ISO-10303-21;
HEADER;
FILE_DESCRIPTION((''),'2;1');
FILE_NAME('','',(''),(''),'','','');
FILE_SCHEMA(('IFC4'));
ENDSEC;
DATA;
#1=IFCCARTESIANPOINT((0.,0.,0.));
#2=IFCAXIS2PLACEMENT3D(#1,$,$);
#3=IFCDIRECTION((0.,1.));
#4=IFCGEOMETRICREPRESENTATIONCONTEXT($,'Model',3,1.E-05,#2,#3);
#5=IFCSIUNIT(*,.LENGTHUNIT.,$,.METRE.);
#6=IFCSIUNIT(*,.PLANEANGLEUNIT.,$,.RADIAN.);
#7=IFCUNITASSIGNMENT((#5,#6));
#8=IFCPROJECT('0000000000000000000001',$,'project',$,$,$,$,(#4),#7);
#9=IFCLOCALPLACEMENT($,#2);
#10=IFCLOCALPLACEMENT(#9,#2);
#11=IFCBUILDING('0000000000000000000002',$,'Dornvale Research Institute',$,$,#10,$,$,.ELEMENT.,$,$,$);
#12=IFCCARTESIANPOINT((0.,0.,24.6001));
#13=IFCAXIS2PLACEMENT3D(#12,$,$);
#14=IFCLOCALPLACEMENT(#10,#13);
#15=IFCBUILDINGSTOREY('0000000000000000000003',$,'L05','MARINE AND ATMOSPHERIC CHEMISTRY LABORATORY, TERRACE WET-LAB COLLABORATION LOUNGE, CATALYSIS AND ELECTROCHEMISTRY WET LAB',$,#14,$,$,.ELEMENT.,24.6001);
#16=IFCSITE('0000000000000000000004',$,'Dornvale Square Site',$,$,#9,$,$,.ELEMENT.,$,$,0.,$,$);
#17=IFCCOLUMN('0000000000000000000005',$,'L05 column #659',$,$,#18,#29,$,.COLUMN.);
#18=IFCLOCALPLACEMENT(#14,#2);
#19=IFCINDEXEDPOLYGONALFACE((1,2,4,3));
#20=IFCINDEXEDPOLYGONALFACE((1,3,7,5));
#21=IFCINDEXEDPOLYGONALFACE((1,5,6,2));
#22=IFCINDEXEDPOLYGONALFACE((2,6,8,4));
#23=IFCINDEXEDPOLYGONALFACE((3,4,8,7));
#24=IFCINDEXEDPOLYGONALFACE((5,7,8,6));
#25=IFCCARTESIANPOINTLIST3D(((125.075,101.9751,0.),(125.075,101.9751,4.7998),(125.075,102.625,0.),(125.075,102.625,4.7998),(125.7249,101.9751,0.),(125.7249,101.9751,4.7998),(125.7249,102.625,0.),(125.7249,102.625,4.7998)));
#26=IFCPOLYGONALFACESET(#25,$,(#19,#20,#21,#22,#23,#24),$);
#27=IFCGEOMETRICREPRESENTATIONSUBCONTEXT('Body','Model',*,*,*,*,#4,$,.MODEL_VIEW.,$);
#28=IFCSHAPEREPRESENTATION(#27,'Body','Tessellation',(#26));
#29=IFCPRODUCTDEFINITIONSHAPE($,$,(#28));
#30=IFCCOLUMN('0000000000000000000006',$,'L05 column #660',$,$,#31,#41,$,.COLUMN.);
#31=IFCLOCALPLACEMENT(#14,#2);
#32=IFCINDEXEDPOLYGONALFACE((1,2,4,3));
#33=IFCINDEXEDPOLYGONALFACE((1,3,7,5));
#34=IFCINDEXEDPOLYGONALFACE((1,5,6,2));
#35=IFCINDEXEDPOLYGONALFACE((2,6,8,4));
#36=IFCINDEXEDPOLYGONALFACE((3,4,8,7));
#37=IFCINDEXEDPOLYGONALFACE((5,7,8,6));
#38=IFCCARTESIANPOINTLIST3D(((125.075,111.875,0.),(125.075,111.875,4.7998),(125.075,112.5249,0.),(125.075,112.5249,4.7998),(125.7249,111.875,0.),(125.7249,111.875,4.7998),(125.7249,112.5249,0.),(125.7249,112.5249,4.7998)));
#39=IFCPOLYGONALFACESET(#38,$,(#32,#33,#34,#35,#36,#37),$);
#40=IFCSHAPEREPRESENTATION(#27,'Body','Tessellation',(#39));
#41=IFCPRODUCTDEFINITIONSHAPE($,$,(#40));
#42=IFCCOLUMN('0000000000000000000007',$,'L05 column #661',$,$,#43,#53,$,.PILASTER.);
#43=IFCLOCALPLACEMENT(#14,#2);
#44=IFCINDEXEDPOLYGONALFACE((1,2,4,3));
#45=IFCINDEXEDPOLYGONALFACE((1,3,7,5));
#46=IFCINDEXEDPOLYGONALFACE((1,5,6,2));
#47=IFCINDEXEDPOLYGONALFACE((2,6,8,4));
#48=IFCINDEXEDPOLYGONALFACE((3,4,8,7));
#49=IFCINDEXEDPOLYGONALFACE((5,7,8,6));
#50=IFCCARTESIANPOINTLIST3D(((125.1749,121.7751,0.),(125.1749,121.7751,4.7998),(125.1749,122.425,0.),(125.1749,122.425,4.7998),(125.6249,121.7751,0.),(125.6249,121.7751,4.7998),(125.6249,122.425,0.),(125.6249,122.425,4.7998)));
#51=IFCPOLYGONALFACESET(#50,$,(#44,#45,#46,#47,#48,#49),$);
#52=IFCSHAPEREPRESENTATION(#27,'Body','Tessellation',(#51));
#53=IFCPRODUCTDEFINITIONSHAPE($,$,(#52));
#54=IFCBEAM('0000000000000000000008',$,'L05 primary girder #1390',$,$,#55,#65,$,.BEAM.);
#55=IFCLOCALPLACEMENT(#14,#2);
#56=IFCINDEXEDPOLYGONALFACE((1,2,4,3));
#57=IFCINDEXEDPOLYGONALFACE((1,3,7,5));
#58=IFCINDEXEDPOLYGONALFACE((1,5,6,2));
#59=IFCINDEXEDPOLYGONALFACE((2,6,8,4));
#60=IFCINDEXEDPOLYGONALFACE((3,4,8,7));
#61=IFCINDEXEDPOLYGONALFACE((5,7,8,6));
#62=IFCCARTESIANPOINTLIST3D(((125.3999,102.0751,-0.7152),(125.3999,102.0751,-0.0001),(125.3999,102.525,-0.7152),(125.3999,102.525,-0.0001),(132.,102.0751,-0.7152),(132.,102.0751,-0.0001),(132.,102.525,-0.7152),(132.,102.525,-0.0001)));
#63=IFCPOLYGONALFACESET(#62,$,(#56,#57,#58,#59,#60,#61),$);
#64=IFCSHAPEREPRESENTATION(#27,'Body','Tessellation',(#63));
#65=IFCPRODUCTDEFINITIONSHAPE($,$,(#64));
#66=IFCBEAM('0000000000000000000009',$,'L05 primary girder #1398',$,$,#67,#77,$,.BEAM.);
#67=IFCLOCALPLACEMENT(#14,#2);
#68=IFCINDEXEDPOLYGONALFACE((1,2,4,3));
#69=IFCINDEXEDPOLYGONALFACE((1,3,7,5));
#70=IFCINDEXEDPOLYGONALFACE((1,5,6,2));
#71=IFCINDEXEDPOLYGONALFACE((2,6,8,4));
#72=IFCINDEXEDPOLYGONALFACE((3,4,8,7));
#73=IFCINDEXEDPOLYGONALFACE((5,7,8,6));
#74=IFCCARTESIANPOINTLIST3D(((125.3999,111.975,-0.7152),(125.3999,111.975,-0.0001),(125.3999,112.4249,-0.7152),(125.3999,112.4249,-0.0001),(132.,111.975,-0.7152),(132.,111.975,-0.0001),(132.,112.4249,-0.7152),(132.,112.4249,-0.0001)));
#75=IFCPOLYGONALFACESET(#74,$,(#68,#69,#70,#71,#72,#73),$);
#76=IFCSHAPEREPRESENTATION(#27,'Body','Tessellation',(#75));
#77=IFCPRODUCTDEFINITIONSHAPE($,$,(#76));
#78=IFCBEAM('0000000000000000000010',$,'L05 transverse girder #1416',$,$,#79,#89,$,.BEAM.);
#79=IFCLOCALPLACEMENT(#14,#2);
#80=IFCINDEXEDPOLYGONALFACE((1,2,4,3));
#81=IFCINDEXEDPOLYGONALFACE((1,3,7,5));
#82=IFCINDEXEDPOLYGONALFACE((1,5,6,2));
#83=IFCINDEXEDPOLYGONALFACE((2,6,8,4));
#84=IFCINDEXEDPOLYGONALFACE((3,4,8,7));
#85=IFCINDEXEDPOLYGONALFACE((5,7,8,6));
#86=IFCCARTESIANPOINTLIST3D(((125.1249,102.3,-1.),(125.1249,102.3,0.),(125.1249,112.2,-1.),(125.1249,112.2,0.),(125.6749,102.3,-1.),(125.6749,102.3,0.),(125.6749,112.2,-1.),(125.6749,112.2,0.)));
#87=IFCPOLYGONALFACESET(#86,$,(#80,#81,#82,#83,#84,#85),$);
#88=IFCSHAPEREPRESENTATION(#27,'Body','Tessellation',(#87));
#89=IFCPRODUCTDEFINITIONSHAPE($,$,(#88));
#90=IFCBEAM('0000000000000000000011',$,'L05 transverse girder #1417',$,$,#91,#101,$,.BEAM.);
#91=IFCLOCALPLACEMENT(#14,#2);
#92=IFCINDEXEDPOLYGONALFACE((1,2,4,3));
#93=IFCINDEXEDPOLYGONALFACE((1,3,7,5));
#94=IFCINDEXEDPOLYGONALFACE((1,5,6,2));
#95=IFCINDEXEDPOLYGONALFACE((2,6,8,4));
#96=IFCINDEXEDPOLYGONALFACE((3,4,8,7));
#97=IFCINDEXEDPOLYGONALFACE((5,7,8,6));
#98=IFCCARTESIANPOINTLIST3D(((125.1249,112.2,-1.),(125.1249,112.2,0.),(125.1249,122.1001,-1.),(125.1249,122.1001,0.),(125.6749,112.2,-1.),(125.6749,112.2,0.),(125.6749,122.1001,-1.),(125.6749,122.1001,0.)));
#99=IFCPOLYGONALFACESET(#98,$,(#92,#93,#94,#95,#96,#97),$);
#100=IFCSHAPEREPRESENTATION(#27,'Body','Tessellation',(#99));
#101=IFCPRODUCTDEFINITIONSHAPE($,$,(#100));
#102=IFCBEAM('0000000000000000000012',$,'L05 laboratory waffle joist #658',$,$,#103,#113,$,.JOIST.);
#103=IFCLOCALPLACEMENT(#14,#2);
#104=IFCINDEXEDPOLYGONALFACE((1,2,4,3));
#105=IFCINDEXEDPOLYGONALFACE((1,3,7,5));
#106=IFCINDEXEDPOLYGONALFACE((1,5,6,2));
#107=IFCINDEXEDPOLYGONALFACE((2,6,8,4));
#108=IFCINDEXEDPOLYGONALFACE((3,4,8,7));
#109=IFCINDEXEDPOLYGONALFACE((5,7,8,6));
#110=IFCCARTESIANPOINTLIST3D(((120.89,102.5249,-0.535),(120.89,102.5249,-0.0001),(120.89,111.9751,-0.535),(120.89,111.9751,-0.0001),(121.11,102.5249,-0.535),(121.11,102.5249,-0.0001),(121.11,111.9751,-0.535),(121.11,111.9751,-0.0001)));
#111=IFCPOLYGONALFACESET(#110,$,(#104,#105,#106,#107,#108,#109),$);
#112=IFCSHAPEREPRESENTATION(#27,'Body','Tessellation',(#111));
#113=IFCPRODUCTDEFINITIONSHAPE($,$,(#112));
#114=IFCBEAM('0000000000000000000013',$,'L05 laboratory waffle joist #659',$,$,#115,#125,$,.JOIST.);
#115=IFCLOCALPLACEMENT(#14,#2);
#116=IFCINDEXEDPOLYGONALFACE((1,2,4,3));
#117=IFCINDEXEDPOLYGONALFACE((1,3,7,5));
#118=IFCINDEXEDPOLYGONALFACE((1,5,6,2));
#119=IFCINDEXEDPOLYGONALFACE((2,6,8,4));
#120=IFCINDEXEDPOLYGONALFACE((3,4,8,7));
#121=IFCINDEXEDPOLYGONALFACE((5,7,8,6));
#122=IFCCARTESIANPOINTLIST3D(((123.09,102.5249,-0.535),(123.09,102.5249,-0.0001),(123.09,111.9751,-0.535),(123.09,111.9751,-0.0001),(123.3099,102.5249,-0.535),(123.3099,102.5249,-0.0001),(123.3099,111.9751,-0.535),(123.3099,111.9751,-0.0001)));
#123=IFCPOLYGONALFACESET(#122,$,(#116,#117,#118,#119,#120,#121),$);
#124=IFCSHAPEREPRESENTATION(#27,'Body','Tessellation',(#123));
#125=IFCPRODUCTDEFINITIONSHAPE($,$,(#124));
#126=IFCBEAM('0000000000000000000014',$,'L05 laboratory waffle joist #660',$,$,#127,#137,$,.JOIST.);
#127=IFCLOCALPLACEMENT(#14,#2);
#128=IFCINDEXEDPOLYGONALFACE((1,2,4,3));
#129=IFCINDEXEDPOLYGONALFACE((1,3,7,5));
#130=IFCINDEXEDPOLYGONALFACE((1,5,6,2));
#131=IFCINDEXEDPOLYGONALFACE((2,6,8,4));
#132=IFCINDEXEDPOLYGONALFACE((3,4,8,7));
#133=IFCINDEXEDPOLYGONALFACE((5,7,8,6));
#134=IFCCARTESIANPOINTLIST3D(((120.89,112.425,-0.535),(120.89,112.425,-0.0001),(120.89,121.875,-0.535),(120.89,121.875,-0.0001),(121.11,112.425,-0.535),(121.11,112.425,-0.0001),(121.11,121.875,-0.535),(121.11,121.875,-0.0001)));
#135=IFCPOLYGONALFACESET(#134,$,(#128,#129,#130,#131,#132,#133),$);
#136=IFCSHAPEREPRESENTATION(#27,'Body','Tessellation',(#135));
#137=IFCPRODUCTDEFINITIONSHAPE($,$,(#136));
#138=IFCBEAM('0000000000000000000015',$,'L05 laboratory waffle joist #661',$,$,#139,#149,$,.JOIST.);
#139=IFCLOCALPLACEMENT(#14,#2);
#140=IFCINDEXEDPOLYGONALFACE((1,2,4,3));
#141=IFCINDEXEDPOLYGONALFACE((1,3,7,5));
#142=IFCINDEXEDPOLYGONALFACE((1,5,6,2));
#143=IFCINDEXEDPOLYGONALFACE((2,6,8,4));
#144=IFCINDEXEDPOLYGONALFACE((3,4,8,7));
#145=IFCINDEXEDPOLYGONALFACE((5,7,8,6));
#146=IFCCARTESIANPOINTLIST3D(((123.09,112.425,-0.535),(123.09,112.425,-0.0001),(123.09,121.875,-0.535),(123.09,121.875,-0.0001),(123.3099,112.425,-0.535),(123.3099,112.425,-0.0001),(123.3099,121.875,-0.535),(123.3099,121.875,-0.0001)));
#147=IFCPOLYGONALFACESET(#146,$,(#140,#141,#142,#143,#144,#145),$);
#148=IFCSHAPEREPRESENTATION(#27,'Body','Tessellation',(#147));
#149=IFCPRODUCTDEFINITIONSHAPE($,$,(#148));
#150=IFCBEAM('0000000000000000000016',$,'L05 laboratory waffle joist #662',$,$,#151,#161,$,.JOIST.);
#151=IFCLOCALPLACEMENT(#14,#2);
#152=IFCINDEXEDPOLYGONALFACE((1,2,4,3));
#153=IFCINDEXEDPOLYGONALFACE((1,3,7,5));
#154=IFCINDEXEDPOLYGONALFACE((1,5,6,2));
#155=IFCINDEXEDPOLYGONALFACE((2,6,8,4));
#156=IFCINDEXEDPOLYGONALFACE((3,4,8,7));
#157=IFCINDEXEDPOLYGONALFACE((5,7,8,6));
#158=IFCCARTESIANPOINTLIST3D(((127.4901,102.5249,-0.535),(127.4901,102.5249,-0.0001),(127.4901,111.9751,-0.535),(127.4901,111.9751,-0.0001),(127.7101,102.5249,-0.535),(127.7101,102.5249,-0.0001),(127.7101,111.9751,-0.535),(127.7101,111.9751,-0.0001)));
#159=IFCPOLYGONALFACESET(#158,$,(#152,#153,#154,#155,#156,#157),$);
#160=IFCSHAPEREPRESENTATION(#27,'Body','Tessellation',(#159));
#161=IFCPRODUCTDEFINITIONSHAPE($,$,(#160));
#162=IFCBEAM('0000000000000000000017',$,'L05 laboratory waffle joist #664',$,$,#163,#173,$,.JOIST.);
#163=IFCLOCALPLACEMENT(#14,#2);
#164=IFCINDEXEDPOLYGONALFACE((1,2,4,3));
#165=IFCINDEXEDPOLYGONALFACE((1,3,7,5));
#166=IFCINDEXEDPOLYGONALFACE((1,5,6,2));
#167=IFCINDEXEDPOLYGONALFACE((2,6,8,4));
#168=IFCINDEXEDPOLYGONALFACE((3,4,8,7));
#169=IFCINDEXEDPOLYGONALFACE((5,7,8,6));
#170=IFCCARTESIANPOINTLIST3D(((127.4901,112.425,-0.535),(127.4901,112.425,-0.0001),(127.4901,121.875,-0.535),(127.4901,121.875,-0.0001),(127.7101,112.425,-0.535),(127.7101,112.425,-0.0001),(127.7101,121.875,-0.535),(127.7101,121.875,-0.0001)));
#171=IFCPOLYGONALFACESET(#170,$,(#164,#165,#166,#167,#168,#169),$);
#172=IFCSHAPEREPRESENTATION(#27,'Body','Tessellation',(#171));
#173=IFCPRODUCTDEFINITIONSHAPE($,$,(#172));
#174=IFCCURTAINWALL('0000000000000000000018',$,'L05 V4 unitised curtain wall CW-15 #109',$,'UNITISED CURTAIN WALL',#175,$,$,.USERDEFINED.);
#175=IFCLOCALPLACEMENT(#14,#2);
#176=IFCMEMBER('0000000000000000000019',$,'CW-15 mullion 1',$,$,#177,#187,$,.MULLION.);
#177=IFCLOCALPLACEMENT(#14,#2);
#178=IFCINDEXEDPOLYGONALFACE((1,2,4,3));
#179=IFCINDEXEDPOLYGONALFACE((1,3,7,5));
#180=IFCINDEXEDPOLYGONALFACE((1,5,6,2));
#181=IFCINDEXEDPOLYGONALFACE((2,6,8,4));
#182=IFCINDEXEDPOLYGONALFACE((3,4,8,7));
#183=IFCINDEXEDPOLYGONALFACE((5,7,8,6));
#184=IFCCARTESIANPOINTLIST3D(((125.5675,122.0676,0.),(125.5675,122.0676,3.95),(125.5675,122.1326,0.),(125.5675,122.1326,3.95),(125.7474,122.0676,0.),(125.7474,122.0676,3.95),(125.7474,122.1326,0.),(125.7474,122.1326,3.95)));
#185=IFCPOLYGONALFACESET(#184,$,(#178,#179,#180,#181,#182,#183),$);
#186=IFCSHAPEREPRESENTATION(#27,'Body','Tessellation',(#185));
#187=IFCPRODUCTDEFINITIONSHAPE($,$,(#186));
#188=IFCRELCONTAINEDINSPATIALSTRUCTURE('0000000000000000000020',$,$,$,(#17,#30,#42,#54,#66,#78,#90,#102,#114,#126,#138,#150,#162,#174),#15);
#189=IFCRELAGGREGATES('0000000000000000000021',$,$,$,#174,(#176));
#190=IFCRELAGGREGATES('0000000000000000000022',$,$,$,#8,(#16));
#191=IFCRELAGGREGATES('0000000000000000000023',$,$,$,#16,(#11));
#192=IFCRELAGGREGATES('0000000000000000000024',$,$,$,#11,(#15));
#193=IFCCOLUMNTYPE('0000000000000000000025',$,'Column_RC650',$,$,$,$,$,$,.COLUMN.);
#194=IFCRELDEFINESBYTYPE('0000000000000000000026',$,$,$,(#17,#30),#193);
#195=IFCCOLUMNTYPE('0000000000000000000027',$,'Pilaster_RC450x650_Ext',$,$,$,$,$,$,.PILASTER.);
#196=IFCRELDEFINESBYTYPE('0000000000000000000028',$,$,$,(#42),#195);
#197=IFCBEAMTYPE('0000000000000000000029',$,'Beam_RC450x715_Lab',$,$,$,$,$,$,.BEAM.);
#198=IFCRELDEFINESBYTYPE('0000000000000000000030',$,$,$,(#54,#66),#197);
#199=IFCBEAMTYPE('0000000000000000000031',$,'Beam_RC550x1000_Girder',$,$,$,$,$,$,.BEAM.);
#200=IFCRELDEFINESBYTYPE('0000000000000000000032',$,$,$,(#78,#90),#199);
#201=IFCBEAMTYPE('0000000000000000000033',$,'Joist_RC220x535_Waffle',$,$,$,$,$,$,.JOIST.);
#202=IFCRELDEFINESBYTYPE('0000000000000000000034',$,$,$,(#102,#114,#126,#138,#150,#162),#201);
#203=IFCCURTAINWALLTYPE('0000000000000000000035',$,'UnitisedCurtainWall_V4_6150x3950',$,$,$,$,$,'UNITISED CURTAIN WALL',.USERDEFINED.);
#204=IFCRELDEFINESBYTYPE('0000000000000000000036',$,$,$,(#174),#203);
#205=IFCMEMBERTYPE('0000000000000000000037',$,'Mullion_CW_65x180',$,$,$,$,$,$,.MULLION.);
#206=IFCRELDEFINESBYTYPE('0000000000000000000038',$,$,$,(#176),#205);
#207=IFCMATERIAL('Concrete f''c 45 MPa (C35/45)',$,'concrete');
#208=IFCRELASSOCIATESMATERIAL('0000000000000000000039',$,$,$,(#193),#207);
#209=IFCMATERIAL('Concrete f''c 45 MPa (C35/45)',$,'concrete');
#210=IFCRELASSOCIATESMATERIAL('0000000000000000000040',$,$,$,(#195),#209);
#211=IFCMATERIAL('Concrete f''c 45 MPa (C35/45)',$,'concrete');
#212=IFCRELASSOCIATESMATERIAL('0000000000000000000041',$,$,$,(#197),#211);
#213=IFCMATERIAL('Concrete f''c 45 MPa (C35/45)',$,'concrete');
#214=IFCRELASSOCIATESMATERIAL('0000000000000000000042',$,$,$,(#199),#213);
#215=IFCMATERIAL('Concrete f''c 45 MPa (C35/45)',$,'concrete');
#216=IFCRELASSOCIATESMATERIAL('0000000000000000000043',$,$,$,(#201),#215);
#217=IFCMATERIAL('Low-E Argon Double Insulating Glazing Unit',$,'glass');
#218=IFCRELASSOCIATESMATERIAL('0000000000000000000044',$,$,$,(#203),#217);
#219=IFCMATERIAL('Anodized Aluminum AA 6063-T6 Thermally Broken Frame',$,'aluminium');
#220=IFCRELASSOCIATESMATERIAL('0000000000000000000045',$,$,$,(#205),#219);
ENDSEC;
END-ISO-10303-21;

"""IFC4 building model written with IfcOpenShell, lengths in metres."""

from ifc_helpers import new_model, si_unit, direction, frame, origin, origin_2d, place, context, subcontext, project, spatial, rectangle, extrude, material, material_profile, profile_set, type_object, element, aggregate, save


model = new_model("IFC4")

# Units and contexts
model_context = context("Model", 3, precision=1e-05, world=origin(), true_north=direction((0.0, 1.0)))
body_context = subcontext(model_context, "Body", "Model", "MODEL_VIEW")
ifc_project = project(units=[si_unit("LENGTHUNIT", "METRE"), si_unit("PLANEANGLEUNIT", "RADIAN")], contexts=[model_context])

# Site, building, storey
site_placement = place(None, origin())
site = spatial("IfcSite", under=ifc_project, at=site_placement, Name="Dornvale Square Site", CompositionType="ELEMENT", RefElevation=0.0)
building_placement = place(site_placement, origin())
building = spatial("IfcBuilding", under=site, at=building_placement, Name="Dornvale Research Institute", CompositionType="ELEMENT")
storey_placement = place(building_placement, frame((0.0, 0.0, 24.6001)))
storey = spatial("IfcBuildingStorey", under=building, at=storey_placement, Name="L05", Description="MARINE AND ATMOSPHERIC CHEMISTRY LABORATORY, TERRACE WET-LAB COLLABORATION LOUNGE, CATALYSIS AND ELECTROCHEMISTRY WET LAB", CompositionType="ELEMENT", Elevation=24.6001)

# Columns
ifc_material_1 = material(Name="Concrete f'c 45 MPa (C35/45)", Category="concrete")
ifc_material_profile_1 = material_profile(ifc_material_1, rectangle(XDim=0.6499, YDim=0.6499, at=origin_2d()), Name="RC 650x650")
ifc_profile_set_1 = profile_set([ifc_material_profile_1], Name="Concrete f'c 45 MPa (C35/45)")
column_type_1 = type_object("IfcColumnType", Name="Column_RC650", PredefinedType="COLUMN", material=ifc_profile_set_1)
for number, where, z_axis, x_axis, name in (
    (1, (125.3999, 102.3, 0.0), (0.0, 0.0, 1.0), (1.0, 0.0, 0.0), "L05 column #659"),
    (2, (125.3999, 112.2, 0.0), (0.0, 0.0, 1.0), (1.0, 0.0, 0.0), "L05 column #660"),
):
    element("IfcColumn", number, at=place(storey_placement, frame(where, z_axis=z_axis, x_axis=x_axis)), inside=storey, type_object=column_type_1, Name=name, PredefinedType="COLUMN", context=body_context, shape_type="SweptSolid", body=[
        extrude(rectangle(XDim=0.6499, YDim=0.6499, at=origin_2d()), origin(), (0.0, 0.0, 1.0), 4.7998),
    ])
ifc_material_2 = material(Name="Concrete f'c 45 MPa (C35/45)", Category="concrete")
ifc_material_profile_2 = material_profile(ifc_material_2, rectangle(XDim=0.45, YDim=0.6499, at=origin_2d()), Name="RC 450x650")
ifc_profile_set_2 = profile_set([ifc_material_profile_2], Name="Concrete f'c 45 MPa (C35/45)")
column_type_2 = type_object("IfcColumnType", Name="Pilaster_RC450x650_Ext", PredefinedType="PILASTER", material=ifc_profile_set_2)
column_placement = place(storey_placement, frame((125.3999, 122.1001, 0.0), z_axis=(0.0, 0.0, 1.0), x_axis=(1.0, 0.0, 0.0)))
element("IfcColumn", 3, at=column_placement, inside=storey, type_object=column_type_2, Name="L05 column #661", PredefinedType="PILASTER", context=body_context, shape_type="SweptSolid", body=[
    extrude(rectangle(XDim=0.45, YDim=0.6499, at=origin_2d()), origin(), (0.0, 0.0, 1.0), 4.7998),
])

# Beams
ifc_material_3 = material(Name="Concrete f'c 45 MPa (C35/45)", Category="concrete")
ifc_material_profile_3 = material_profile(ifc_material_3, rectangle(XDim=0.45, YDim=0.7151, at=origin_2d()), Name="RC 450x715")
ifc_profile_set_3 = profile_set([ifc_material_profile_3], Name="Concrete f'c 45 MPa (C35/45)")
beam_type_1 = type_object("IfcBeamType", Name="Beam_RC450x715_Lab", PredefinedType="BEAM", material=ifc_profile_set_3)
for number, where, z_axis, x_axis, name in (
    (4, (125.3999, 102.3, -0.3577), (1.0, 0.0, 0.0), (0.0, 1.0, 0.0), "L05 primary girder #1390"),
    (5, (125.3999, 112.2, -0.3577), (1.0, 0.0, 0.0), (0.0, 1.0, 0.0), "L05 primary girder #1398"),
):
    element("IfcBeam", number, at=place(storey_placement, frame(where, z_axis=z_axis, x_axis=x_axis)), inside=storey, type_object=beam_type_1, Name=name, PredefinedType="BEAM", context=body_context, shape_type="SweptSolid", body=[
        extrude(rectangle(XDim=0.45, YDim=0.7151, at=origin_2d()), origin(), (0.0, 0.0, 1.0), 6.6001),
    ])
ifc_material_4 = material(Name="Concrete f'c 45 MPa (C35/45)", Category="concrete")
ifc_material_profile_4 = material_profile(ifc_material_4, rectangle(XDim=0.55, YDim=1.0, at=origin_2d()), Name="RC 550x1000")
ifc_profile_set_4 = profile_set([ifc_material_profile_4], Name="Concrete f'c 45 MPa (C35/45)")
beam_type_2 = type_object("IfcBeamType", Name="Beam_RC550x1000_Girder", PredefinedType="BEAM", material=ifc_profile_set_4)
beam_1_placement = place(storey_placement, frame((125.3999, 102.3, -0.5), z_axis=(0.0, 1.0, 0.0), x_axis=(-1.0, 0.0, 0.0)))
element("IfcBeam", 6, at=beam_1_placement, inside=storey, type_object=beam_type_2, Name="L05 transverse girder #1416", PredefinedType="BEAM", context=body_context, shape_type="SweptSolid", body=[
    extrude(rectangle(XDim=0.55, YDim=1.0, at=origin_2d()), origin(), (0.0, 0.0, 1.0), 9.8999),
])
beam_2_placement = place(storey_placement, frame((125.3999, 112.2, -0.5), z_axis=(0.0, 1.0, 0.0), x_axis=(-1.0, 0.0, 0.0)))
element("IfcBeam", 7, at=beam_2_placement, inside=storey, type_object=beam_type_2, Name="L05 transverse girder #1417", PredefinedType="BEAM", context=body_context, shape_type="SweptSolid", body=[
    extrude(rectangle(XDim=0.55, YDim=1.0, at=origin_2d()), origin(), (0.0, 0.0, 1.0), 9.9001),
])
ifc_material_5 = material(Name="Concrete f'c 45 MPa (C35/45)", Category="concrete")
ifc_material_profile_5 = material_profile(ifc_material_5, rectangle(XDim=0.22, YDim=0.5349, at=origin_2d()), Name="RC 220x535")
ifc_profile_set_5 = profile_set([ifc_material_profile_5], Name="Concrete f'c 45 MPa (C35/45)")
beam_type_3 = type_object("IfcBeamType", Name="Joist_RC220x535_Waffle", PredefinedType="JOIST", material=ifc_profile_set_5)
for number, where, z_axis, x_axis, name in (
    (8, (121.0, 102.5249, -0.2676), (0.0, 1.0, 0.0), (-1.0, 0.0, 0.0), "L05 laboratory waffle joist #658"),
    (9, (123.2, 102.5249, -0.2676), (0.0, 1.0, 0.0), (-1.0, 0.0, 0.0), "L05 laboratory waffle joist #659"),
):
    element("IfcBeam", number, at=place(storey_placement, frame(where, z_axis=z_axis, x_axis=x_axis)), inside=storey, type_object=beam_type_3, Name=name, PredefinedType="JOIST", context=body_context, shape_type="SweptSolid", body=[
        extrude(rectangle(XDim=0.22, YDim=0.5349, at=origin_2d()), origin(), (0.0, 0.0, 1.0), 9.4502),
    ])
for number, where, z_axis, x_axis, name in (
    (10, (121.0, 112.425, -0.2676), (0.0, 1.0, 0.0), (-1.0, 0.0, 0.0), "L05 laboratory waffle joist #660"),
    (11, (123.2, 112.425, -0.2676), (0.0, 1.0, 0.0), (-1.0, 0.0, 0.0), "L05 laboratory waffle joist #661"),
):
    element("IfcBeam", number, at=place(storey_placement, frame(where, z_axis=z_axis, x_axis=x_axis)), inside=storey, type_object=beam_type_3, Name=name, PredefinedType="JOIST", context=body_context, shape_type="SweptSolid", body=[
        extrude(rectangle(XDim=0.22, YDim=0.5349, at=origin_2d()), origin(), (0.0, 0.0, 1.0), 9.45),
    ])
beam_3_placement = place(storey_placement, frame((127.6001, 102.5249, -0.2676), z_axis=(0.0, 1.0, 0.0), x_axis=(-1.0, 0.0, 0.0)))
element("IfcBeam", 12, at=beam_3_placement, inside=storey, type_object=beam_type_3, Name="L05 laboratory waffle joist #662", PredefinedType="JOIST", context=body_context, shape_type="SweptSolid", body=[
    extrude(rectangle(XDim=0.22, YDim=0.5349, at=origin_2d()), origin(), (0.0, 0.0, 1.0), 9.4502),
])
beam_4_placement = place(storey_placement, frame((127.6001, 112.425, -0.2676), z_axis=(0.0, 1.0, 0.0), x_axis=(-1.0, 0.0, 0.0)))
element("IfcBeam", 13, at=beam_4_placement, inside=storey, type_object=beam_type_3, Name="L05 laboratory waffle joist #664", PredefinedType="JOIST", context=body_context, shape_type="SweptSolid", body=[
    extrude(rectangle(XDim=0.22, YDim=0.5349, at=origin_2d()), origin(), (0.0, 0.0, 1.0), 9.45),
])

# Curtain wall, member
ifc_material_6 = material(Name="Low-E Argon Double Insulating Glazing Unit", Category="glass")
curtain_wall_type = type_object("IfcCurtainWallType", Name="UnitisedCurtainWall_V4_6150x3950", ElementType="UNITISED CURTAIN WALL", PredefinedType="USERDEFINED", material=ifc_material_6)
curtain_wall_placement = place(storey_placement, origin())
curtain_wall = element("IfcCurtainWall", 14, at=curtain_wall_placement, inside=storey, type_object=curtain_wall_type, Name="L05 V4 unitised curtain wall CW-15 #109", ObjectType="UNITISED CURTAIN WALL", PredefinedType="USERDEFINED")
ifc_material_7 = material(Name="Anodized Aluminum AA 6063-T6 Thermally Broken Frame", Category="aluminium")
ifc_material_profile_6 = material_profile(ifc_material_7, rectangle(XDim=0.0649, YDim=0.1799, at=origin_2d()), Name="ALU MULLION 65x180")
ifc_profile_set_6 = profile_set([ifc_material_profile_6], Name="Anodized Aluminum AA 6063-T6 Thermally Broken Frame")
member_type_1 = type_object("IfcMemberType", Name="Mullion_CW_65x180", PredefinedType="MULLION", material=ifc_profile_set_6)
member_1_placement = place(storey_placement, frame((125.6575, 122.1001, 0.0), z_axis=(0.0, 0.0, 1.0), x_axis=(0.0, 1.0, 0.0)))
member_1 = element("IfcMember", 15, at=member_1_placement, type_object=member_type_1, Name="CW-15 mullion 1", PredefinedType="MULLION", context=body_context, shape_type="SweptSolid", body=[
    extrude(rectangle(XDim=0.0649, YDim=0.1799, at=origin_2d()), origin(), (0.0, 0.0, 1.0), 3.95),
])

aggregate(curtain_wall, [member_1])

save(model, "model.ifc")
